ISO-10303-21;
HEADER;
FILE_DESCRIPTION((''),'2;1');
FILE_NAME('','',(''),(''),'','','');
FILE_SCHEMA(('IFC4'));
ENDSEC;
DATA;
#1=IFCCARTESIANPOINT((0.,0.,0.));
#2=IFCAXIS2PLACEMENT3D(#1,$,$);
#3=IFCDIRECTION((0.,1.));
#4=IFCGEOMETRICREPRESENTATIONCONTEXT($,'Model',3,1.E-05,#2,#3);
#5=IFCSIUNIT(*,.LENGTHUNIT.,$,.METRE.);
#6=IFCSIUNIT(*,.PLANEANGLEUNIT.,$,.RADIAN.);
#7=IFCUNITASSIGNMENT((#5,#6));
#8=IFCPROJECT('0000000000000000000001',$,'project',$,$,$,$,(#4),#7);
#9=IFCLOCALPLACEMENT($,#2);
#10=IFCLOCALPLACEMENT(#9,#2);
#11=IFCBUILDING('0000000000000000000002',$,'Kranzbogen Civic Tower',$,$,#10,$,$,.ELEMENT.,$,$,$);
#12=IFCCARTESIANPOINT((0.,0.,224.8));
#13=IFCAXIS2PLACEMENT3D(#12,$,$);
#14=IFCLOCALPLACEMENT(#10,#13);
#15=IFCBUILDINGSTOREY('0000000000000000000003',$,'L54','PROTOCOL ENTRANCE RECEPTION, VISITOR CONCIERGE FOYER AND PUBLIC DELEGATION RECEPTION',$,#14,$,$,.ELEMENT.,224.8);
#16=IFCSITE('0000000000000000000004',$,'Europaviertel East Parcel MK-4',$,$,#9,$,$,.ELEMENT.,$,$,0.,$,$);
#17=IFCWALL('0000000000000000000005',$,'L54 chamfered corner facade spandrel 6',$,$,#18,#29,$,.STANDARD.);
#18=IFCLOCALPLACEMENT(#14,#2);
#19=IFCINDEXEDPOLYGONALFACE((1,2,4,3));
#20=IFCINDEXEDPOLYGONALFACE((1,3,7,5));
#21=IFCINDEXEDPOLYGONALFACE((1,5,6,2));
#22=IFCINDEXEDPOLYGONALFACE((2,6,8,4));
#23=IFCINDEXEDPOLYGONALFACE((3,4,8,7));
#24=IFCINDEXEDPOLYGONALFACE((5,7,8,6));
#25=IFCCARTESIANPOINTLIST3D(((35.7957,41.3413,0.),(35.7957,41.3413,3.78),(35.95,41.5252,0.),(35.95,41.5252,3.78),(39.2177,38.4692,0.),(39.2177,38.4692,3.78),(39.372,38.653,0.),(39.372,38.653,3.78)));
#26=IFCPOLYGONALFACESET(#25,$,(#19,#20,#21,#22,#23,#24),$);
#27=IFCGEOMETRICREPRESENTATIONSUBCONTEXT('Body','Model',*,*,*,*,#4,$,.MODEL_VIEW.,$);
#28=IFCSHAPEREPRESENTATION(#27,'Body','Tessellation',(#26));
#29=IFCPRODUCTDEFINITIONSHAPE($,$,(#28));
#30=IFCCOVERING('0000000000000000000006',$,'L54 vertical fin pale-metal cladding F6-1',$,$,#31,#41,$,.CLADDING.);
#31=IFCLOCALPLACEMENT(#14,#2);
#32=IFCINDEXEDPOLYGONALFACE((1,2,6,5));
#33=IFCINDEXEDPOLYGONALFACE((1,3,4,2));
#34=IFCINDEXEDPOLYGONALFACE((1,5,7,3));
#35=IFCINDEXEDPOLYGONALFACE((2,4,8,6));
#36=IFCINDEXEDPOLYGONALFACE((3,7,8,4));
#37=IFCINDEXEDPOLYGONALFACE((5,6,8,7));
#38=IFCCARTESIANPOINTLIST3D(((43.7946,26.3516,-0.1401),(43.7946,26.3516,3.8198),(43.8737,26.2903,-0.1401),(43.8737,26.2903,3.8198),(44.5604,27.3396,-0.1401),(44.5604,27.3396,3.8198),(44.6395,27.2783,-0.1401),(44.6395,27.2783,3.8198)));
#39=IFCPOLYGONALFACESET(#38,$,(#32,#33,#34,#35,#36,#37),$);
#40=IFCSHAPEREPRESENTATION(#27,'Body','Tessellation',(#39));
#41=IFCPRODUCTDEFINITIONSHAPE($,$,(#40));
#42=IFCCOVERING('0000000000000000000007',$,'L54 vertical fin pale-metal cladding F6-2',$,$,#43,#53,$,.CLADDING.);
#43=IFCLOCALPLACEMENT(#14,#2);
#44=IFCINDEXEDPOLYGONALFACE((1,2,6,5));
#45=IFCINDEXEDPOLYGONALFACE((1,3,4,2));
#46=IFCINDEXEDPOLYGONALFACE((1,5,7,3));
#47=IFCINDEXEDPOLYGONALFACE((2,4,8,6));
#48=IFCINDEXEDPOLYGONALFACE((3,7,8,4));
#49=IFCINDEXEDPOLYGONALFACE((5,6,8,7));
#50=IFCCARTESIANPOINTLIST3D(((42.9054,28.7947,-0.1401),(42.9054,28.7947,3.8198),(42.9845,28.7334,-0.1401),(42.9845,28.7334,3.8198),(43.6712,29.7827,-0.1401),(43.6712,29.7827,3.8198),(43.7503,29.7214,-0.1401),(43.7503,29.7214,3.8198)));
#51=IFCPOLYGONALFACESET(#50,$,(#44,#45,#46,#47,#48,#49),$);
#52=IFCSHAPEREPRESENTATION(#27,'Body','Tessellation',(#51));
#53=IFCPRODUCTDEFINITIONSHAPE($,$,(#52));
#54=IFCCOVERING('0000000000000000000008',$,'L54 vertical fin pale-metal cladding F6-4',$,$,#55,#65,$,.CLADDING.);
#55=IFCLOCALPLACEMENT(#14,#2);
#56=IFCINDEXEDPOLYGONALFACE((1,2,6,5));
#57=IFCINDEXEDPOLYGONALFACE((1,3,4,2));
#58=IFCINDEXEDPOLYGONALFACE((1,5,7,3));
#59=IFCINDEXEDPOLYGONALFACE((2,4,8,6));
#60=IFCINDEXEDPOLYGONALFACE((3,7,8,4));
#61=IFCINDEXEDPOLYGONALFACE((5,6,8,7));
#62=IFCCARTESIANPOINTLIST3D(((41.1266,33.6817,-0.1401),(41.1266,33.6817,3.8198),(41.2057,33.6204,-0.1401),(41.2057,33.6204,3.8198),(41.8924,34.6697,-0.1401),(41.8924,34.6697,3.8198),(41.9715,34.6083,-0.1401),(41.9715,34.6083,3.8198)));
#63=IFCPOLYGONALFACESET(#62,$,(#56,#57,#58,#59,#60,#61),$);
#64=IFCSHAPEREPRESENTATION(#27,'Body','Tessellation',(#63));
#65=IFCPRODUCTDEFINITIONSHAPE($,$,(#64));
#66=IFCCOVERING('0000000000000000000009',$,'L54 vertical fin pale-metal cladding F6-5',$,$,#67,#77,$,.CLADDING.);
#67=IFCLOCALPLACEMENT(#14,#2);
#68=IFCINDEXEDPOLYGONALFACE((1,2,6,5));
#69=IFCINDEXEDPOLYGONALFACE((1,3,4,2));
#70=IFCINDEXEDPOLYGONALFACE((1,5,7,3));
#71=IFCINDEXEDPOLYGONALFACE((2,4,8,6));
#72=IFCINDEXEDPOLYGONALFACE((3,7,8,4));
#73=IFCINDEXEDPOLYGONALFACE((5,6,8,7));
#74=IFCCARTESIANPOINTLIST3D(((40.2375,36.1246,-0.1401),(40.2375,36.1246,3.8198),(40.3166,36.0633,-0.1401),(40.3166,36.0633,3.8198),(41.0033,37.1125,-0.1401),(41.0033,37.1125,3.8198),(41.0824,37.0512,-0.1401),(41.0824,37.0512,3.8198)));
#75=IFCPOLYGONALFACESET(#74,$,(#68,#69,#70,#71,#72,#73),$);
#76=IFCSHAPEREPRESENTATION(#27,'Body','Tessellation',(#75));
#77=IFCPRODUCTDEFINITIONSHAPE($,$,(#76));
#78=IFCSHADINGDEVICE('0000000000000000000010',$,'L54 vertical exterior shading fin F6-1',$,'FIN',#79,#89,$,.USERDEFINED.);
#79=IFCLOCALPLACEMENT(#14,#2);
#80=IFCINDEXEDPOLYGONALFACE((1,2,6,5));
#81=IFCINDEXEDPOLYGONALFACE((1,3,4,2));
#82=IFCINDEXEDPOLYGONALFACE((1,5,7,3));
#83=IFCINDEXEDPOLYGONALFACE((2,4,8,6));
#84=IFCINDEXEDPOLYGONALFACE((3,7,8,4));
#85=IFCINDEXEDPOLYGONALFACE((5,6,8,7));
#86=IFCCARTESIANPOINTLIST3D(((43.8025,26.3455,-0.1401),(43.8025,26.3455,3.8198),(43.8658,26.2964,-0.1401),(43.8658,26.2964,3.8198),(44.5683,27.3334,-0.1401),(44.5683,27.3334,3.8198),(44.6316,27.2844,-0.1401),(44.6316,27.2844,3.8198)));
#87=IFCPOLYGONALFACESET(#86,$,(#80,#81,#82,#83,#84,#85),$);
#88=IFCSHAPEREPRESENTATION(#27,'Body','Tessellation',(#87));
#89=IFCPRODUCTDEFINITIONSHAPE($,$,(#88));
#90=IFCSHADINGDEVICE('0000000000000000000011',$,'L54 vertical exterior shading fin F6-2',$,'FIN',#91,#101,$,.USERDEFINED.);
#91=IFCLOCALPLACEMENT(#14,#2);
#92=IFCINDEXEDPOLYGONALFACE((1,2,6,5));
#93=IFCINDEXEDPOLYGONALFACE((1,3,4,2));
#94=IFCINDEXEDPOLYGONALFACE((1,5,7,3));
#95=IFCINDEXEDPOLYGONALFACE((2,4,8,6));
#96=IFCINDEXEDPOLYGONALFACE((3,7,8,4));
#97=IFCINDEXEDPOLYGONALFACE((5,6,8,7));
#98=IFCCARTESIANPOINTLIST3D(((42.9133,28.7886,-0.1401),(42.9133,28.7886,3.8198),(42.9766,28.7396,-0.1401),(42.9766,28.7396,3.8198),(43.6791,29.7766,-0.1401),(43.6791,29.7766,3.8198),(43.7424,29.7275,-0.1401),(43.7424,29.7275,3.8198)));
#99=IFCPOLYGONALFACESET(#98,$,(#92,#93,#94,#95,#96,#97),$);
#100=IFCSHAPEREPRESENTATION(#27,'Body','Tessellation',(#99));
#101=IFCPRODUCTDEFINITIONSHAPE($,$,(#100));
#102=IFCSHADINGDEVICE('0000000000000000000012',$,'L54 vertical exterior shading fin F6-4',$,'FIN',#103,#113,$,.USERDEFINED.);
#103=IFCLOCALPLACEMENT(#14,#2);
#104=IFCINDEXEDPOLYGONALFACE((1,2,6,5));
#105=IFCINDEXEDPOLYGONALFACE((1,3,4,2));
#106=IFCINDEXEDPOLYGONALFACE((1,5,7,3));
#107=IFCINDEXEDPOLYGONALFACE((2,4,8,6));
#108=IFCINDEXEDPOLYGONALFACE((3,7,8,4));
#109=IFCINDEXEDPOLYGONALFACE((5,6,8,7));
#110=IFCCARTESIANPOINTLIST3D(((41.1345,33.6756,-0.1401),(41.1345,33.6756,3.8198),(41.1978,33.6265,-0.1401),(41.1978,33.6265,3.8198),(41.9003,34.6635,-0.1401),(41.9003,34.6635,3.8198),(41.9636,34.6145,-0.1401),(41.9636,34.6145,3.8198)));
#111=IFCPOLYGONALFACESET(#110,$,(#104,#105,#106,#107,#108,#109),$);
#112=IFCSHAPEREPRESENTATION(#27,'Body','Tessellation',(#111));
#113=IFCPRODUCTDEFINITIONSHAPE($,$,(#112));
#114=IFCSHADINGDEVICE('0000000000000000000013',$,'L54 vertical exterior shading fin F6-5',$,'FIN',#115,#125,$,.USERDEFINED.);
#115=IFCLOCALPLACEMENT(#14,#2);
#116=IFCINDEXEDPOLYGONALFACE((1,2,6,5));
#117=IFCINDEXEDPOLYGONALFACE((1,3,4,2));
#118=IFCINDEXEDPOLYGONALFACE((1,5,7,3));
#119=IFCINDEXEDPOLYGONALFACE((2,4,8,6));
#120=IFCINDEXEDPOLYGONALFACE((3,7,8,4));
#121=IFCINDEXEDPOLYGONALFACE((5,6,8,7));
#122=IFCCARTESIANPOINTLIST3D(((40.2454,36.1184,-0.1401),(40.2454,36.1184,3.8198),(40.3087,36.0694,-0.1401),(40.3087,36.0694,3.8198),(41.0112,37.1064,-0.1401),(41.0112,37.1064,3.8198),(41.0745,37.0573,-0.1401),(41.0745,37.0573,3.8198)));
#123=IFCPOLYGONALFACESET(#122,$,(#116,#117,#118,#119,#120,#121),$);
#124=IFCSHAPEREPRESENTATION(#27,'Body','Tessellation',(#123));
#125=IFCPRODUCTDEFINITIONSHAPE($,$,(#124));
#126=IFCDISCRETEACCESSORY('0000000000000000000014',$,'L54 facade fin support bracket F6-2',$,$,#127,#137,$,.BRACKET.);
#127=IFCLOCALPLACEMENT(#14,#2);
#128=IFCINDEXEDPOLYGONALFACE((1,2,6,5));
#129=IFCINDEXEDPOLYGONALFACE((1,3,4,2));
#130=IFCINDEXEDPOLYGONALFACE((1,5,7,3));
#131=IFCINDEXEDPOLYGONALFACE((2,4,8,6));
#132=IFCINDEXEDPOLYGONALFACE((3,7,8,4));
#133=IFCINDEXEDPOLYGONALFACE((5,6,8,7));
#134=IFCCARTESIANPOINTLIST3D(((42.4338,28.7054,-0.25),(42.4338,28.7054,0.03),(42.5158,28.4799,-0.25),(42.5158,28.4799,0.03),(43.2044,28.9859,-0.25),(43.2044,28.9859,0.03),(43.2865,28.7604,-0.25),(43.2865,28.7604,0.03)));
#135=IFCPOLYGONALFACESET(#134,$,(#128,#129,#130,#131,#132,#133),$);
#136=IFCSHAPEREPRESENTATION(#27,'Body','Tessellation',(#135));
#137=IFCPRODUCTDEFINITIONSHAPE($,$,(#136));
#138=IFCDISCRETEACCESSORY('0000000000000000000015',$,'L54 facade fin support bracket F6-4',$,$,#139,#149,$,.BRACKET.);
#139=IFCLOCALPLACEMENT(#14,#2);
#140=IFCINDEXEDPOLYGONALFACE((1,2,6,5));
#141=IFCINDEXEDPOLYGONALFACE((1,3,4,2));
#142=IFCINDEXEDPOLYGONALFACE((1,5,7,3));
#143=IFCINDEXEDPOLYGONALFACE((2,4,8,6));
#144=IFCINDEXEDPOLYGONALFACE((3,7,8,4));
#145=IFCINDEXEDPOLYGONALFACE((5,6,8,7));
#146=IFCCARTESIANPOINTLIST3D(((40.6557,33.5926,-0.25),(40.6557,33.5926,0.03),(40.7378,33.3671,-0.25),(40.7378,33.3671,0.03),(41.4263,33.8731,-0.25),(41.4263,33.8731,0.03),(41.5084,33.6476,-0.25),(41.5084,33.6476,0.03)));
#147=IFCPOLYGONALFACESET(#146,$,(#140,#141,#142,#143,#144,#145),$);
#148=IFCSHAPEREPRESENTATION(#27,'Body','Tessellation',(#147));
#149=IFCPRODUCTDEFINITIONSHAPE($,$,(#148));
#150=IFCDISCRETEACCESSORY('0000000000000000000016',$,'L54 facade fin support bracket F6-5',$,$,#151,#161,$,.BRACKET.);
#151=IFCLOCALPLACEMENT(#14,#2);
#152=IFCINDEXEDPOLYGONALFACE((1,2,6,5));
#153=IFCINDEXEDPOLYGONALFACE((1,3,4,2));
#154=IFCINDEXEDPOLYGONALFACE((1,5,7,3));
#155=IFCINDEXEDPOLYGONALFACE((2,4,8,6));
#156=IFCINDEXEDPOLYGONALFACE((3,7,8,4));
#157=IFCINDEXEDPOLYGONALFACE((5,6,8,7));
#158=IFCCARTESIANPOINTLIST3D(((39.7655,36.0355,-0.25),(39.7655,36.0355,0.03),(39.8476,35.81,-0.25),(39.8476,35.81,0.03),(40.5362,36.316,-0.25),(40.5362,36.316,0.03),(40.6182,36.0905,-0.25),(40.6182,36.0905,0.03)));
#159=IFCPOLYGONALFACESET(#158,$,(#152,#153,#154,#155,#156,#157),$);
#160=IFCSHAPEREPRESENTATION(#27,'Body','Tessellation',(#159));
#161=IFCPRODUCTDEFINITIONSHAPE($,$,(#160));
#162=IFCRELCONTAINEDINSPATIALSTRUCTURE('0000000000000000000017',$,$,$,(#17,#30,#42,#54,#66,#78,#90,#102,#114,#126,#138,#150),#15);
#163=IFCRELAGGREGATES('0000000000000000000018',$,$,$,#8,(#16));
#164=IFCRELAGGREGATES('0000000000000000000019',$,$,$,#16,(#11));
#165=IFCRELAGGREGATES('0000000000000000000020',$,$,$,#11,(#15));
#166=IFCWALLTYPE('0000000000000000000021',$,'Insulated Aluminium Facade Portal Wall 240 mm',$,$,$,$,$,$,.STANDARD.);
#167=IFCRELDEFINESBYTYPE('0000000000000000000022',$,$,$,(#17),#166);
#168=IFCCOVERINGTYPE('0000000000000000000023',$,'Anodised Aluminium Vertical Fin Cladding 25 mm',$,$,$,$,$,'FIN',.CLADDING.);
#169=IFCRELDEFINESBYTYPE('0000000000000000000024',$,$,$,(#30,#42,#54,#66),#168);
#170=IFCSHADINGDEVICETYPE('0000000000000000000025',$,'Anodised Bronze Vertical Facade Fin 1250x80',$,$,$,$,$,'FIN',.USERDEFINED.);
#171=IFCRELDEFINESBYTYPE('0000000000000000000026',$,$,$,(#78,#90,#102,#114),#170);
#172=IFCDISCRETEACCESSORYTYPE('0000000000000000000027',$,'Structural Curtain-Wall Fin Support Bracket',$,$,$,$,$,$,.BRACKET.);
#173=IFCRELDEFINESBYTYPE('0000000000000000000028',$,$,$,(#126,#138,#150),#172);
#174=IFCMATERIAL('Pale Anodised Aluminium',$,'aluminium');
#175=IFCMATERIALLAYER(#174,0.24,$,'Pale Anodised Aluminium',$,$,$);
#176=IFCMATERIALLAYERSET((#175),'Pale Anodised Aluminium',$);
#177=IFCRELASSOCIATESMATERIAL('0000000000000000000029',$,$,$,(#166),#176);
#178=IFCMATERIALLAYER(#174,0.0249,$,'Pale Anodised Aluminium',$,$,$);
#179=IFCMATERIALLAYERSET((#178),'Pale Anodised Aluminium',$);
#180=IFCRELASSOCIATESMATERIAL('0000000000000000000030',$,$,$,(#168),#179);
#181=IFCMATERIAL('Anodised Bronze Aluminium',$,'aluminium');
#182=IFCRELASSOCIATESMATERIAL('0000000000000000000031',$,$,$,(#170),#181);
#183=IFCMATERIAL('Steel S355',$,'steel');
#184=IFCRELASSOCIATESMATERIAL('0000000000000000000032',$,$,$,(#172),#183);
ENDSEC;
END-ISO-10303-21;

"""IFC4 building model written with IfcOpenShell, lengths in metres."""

from ifc_helpers import new_model, si_unit, direction, frame, frame_2d, origin, origin_2d, place, context, subcontext, project, spatial, rectangle, extrude, material, layer, layer_set, type_object, element, save


model = new_model("IFC4")

# Units and contexts
model_context = context("Model", 3, precision=1e-05, world=origin(), true_north=direction((0.0, 1.0)))
body_context = subcontext(model_context, "Body", "Model", "MODEL_VIEW")
ifc_project = project(units=[si_unit("LENGTHUNIT", "METRE"), si_unit("PLANEANGLEUNIT", "RADIAN")], contexts=[model_context])

# Site, building, storey
site_placement = place(None, origin())
site = spatial("IfcSite", under=ifc_project, at=site_placement, Name="Europaviertel East Parcel MK-4", CompositionType="ELEMENT", RefElevation=0.0)
building_placement = place(site_placement, origin())
building = spatial("IfcBuilding", under=site, at=building_placement, Name="Kranzbogen Civic Tower", CompositionType="ELEMENT")
storey_placement = place(building_placement, frame((0.0, 0.0, 224.8)))
storey = spatial("IfcBuildingStorey", under=building, at=storey_placement, Name="L54", Description="PROTOCOL ENTRANCE RECEPTION, VISITOR CONCIERGE FOYER AND PUBLIC DELEGATION RECEPTION", CompositionType="ELEMENT", Elevation=224.8)

# Shared definitions
ifc_material_1 = material(Name="Steel S355", Category="steel")

# Shared definitions
ifc_material_2 = material(Name="Pale Anodised Aluminium", Category="aluminium")

# Shared definitions
ifc_layer_1 = layer(ifc_material_2, 0.24, Name="Pale Anodised Aluminium")
ifc_layer_set_1 = layer_set([ifc_layer_1], Name="Pale Anodised Aluminium")
wall_type_1 = type_object("IfcWallType", Name="Insulated Aluminium Facade Portal Wall 240 mm", PredefinedType="STANDARD", material=ifc_layer_set_1)

# Wall
wall_1_placement = place(storey_placement, frame((39.2949, 38.561, 0.0), z_axis=(0.0, 0.0, 1.0), x_axis=(-0.765959, 0.64289, 0.0)))
element("IfcWall", 1, at=wall_1_placement, inside=storey, type_object=wall_type_1, Name="L54 chamfered corner facade spandrel 6", PredefinedType="STANDARD", context=body_context, shape_type="SweptSolid", body=[
    extrude(rectangle(XDim=4.4675, YDim=0.24, at=frame_2d((2.2339, 0.0))), origin(), (0.0, 0.0, 1.0), 3.78),
])

# Coverings
ifc_layer_2 = layer(ifc_material_2, 0.0249, Name="Pale Anodised Aluminium")
ifc_layer_set_2 = layer_set([ifc_layer_2], Name="Pale Anodised Aluminium")
covering_type = type_object("IfcCoveringType", Name="Anodised Aluminium Vertical Fin Cladding 25 mm", ElementType="FIN", PredefinedType="CLADDING", material=ifc_layer_set_2)
for number, where, z_axis, x_axis, name in (
    (2, (44.217, 26.8149, -0.1401), (0.0, 0.0, 1.0), (0.612645, 0.790358, 0.0), "L54 vertical fin pale-metal cladding F6-1"),
    (3, (43.3279, 29.2581, -0.1401), (0.0, 0.0, 1.0), (0.612645, 0.790358, 0.0), "L54 vertical fin pale-metal cladding F6-2"),
    (4, (41.5491, 34.145, -0.1401), (0.0, 0.0, 1.0), (0.612645, 0.790358, 0.0), "L54 vertical fin pale-metal cladding F6-4"),
    (5, (40.6599, 36.5879, -0.1401), (0.0, 0.0, 1.0), (0.612645, 0.790358, 0.0), "L54 vertical fin pale-metal cladding F6-5"),
):
    element("IfcCovering", number, at=place(storey_placement, frame(where, z_axis=z_axis, x_axis=x_axis)), inside=storey, type_object=covering_type, Name=name, PredefinedType="CLADDING", context=body_context, shape_type="SweptSolid", body=[
        extrude(rectangle(XDim=1.25, YDim=0.1001, at=origin_2d()), origin(), (0.0, 0.0, 1.0), 3.96),
    ])

# Shading devices
ifc_material_3 = material(Name="Anodised Bronze Aluminium", Category="aluminium")
shading_device_type = type_object("IfcShadingDeviceType", Name="Anodised Bronze Vertical Facade Fin 1250x80", ElementType="FIN", PredefinedType="USERDEFINED", material=ifc_material_3)
for number, where, z_axis, x_axis, name in (
    (6, (44.217, 26.8149, -0.1401), (0.0, 0.0, 1.0), (0.612645, 0.790358, 0.0), "L54 vertical exterior shading fin F6-1"),
    (7, (43.3279, 29.2581, -0.1401), (0.0, 0.0, 1.0), (0.612645, 0.790358, 0.0), "L54 vertical exterior shading fin F6-2"),
    (8, (41.5491, 34.145, -0.1401), (0.0, 0.0, 1.0), (0.612645, 0.790358, 0.0), "L54 vertical exterior shading fin F6-4"),
    (9, (40.6599, 36.5879, -0.1401), (0.0, 0.0, 1.0), (0.612645, 0.790358, 0.0), "L54 vertical exterior shading fin F6-5"),
):
    element("IfcShadingDevice", number, at=place(storey_placement, frame(where, z_axis=z_axis, x_axis=x_axis)), inside=storey, type_object=shading_device_type, Name=name, ObjectType="FIN", PredefinedType="USERDEFINED", context=body_context, shape_type="SweptSolid", body=[
        extrude(rectangle(XDim=1.25, YDim=0.0801, at=origin_2d()), origin(), (0.0, 0.0, 1.0), 3.96),
    ])

# Discrete accessories
discrete_accessory_type = type_object("IfcDiscreteAccessoryType", Name="Structural Curtain-Wall Fin Support Bracket", PredefinedType="BRACKET", material=ifc_material_1)
for number, where, z_axis, x_axis, name in (
    (10, (42.8601, 28.7329, -0.25), (0.0, 0.0, 1.0), (0.939693, 0.34202, 0.0), "L54 facade fin support bracket F6-2"),
    (11, (41.082, 33.6201, -0.25), (0.0, 0.0, 1.0), (0.939693, 0.34202, 0.0), "L54 facade fin support bracket F6-4"),
    (12, (40.1919, 36.063, -0.25), (0.0, 0.0, 1.0), (0.939693, 0.34202, 0.0), "L54 facade fin support bracket F6-5"),
):
    element("IfcDiscreteAccessory", number, at=place(storey_placement, frame(where, z_axis=z_axis, x_axis=x_axis)), inside=storey, type_object=discrete_accessory_type, Name=name, PredefinedType="BRACKET", context=body_context, shape_type="SweptSolid", body=[
        extrude(rectangle(XDim=0.8201, YDim=0.24, at=origin_2d()), origin(), (0.0, 0.0, 1.0), 0.28),
    ])

save(model, "model.ifc")
